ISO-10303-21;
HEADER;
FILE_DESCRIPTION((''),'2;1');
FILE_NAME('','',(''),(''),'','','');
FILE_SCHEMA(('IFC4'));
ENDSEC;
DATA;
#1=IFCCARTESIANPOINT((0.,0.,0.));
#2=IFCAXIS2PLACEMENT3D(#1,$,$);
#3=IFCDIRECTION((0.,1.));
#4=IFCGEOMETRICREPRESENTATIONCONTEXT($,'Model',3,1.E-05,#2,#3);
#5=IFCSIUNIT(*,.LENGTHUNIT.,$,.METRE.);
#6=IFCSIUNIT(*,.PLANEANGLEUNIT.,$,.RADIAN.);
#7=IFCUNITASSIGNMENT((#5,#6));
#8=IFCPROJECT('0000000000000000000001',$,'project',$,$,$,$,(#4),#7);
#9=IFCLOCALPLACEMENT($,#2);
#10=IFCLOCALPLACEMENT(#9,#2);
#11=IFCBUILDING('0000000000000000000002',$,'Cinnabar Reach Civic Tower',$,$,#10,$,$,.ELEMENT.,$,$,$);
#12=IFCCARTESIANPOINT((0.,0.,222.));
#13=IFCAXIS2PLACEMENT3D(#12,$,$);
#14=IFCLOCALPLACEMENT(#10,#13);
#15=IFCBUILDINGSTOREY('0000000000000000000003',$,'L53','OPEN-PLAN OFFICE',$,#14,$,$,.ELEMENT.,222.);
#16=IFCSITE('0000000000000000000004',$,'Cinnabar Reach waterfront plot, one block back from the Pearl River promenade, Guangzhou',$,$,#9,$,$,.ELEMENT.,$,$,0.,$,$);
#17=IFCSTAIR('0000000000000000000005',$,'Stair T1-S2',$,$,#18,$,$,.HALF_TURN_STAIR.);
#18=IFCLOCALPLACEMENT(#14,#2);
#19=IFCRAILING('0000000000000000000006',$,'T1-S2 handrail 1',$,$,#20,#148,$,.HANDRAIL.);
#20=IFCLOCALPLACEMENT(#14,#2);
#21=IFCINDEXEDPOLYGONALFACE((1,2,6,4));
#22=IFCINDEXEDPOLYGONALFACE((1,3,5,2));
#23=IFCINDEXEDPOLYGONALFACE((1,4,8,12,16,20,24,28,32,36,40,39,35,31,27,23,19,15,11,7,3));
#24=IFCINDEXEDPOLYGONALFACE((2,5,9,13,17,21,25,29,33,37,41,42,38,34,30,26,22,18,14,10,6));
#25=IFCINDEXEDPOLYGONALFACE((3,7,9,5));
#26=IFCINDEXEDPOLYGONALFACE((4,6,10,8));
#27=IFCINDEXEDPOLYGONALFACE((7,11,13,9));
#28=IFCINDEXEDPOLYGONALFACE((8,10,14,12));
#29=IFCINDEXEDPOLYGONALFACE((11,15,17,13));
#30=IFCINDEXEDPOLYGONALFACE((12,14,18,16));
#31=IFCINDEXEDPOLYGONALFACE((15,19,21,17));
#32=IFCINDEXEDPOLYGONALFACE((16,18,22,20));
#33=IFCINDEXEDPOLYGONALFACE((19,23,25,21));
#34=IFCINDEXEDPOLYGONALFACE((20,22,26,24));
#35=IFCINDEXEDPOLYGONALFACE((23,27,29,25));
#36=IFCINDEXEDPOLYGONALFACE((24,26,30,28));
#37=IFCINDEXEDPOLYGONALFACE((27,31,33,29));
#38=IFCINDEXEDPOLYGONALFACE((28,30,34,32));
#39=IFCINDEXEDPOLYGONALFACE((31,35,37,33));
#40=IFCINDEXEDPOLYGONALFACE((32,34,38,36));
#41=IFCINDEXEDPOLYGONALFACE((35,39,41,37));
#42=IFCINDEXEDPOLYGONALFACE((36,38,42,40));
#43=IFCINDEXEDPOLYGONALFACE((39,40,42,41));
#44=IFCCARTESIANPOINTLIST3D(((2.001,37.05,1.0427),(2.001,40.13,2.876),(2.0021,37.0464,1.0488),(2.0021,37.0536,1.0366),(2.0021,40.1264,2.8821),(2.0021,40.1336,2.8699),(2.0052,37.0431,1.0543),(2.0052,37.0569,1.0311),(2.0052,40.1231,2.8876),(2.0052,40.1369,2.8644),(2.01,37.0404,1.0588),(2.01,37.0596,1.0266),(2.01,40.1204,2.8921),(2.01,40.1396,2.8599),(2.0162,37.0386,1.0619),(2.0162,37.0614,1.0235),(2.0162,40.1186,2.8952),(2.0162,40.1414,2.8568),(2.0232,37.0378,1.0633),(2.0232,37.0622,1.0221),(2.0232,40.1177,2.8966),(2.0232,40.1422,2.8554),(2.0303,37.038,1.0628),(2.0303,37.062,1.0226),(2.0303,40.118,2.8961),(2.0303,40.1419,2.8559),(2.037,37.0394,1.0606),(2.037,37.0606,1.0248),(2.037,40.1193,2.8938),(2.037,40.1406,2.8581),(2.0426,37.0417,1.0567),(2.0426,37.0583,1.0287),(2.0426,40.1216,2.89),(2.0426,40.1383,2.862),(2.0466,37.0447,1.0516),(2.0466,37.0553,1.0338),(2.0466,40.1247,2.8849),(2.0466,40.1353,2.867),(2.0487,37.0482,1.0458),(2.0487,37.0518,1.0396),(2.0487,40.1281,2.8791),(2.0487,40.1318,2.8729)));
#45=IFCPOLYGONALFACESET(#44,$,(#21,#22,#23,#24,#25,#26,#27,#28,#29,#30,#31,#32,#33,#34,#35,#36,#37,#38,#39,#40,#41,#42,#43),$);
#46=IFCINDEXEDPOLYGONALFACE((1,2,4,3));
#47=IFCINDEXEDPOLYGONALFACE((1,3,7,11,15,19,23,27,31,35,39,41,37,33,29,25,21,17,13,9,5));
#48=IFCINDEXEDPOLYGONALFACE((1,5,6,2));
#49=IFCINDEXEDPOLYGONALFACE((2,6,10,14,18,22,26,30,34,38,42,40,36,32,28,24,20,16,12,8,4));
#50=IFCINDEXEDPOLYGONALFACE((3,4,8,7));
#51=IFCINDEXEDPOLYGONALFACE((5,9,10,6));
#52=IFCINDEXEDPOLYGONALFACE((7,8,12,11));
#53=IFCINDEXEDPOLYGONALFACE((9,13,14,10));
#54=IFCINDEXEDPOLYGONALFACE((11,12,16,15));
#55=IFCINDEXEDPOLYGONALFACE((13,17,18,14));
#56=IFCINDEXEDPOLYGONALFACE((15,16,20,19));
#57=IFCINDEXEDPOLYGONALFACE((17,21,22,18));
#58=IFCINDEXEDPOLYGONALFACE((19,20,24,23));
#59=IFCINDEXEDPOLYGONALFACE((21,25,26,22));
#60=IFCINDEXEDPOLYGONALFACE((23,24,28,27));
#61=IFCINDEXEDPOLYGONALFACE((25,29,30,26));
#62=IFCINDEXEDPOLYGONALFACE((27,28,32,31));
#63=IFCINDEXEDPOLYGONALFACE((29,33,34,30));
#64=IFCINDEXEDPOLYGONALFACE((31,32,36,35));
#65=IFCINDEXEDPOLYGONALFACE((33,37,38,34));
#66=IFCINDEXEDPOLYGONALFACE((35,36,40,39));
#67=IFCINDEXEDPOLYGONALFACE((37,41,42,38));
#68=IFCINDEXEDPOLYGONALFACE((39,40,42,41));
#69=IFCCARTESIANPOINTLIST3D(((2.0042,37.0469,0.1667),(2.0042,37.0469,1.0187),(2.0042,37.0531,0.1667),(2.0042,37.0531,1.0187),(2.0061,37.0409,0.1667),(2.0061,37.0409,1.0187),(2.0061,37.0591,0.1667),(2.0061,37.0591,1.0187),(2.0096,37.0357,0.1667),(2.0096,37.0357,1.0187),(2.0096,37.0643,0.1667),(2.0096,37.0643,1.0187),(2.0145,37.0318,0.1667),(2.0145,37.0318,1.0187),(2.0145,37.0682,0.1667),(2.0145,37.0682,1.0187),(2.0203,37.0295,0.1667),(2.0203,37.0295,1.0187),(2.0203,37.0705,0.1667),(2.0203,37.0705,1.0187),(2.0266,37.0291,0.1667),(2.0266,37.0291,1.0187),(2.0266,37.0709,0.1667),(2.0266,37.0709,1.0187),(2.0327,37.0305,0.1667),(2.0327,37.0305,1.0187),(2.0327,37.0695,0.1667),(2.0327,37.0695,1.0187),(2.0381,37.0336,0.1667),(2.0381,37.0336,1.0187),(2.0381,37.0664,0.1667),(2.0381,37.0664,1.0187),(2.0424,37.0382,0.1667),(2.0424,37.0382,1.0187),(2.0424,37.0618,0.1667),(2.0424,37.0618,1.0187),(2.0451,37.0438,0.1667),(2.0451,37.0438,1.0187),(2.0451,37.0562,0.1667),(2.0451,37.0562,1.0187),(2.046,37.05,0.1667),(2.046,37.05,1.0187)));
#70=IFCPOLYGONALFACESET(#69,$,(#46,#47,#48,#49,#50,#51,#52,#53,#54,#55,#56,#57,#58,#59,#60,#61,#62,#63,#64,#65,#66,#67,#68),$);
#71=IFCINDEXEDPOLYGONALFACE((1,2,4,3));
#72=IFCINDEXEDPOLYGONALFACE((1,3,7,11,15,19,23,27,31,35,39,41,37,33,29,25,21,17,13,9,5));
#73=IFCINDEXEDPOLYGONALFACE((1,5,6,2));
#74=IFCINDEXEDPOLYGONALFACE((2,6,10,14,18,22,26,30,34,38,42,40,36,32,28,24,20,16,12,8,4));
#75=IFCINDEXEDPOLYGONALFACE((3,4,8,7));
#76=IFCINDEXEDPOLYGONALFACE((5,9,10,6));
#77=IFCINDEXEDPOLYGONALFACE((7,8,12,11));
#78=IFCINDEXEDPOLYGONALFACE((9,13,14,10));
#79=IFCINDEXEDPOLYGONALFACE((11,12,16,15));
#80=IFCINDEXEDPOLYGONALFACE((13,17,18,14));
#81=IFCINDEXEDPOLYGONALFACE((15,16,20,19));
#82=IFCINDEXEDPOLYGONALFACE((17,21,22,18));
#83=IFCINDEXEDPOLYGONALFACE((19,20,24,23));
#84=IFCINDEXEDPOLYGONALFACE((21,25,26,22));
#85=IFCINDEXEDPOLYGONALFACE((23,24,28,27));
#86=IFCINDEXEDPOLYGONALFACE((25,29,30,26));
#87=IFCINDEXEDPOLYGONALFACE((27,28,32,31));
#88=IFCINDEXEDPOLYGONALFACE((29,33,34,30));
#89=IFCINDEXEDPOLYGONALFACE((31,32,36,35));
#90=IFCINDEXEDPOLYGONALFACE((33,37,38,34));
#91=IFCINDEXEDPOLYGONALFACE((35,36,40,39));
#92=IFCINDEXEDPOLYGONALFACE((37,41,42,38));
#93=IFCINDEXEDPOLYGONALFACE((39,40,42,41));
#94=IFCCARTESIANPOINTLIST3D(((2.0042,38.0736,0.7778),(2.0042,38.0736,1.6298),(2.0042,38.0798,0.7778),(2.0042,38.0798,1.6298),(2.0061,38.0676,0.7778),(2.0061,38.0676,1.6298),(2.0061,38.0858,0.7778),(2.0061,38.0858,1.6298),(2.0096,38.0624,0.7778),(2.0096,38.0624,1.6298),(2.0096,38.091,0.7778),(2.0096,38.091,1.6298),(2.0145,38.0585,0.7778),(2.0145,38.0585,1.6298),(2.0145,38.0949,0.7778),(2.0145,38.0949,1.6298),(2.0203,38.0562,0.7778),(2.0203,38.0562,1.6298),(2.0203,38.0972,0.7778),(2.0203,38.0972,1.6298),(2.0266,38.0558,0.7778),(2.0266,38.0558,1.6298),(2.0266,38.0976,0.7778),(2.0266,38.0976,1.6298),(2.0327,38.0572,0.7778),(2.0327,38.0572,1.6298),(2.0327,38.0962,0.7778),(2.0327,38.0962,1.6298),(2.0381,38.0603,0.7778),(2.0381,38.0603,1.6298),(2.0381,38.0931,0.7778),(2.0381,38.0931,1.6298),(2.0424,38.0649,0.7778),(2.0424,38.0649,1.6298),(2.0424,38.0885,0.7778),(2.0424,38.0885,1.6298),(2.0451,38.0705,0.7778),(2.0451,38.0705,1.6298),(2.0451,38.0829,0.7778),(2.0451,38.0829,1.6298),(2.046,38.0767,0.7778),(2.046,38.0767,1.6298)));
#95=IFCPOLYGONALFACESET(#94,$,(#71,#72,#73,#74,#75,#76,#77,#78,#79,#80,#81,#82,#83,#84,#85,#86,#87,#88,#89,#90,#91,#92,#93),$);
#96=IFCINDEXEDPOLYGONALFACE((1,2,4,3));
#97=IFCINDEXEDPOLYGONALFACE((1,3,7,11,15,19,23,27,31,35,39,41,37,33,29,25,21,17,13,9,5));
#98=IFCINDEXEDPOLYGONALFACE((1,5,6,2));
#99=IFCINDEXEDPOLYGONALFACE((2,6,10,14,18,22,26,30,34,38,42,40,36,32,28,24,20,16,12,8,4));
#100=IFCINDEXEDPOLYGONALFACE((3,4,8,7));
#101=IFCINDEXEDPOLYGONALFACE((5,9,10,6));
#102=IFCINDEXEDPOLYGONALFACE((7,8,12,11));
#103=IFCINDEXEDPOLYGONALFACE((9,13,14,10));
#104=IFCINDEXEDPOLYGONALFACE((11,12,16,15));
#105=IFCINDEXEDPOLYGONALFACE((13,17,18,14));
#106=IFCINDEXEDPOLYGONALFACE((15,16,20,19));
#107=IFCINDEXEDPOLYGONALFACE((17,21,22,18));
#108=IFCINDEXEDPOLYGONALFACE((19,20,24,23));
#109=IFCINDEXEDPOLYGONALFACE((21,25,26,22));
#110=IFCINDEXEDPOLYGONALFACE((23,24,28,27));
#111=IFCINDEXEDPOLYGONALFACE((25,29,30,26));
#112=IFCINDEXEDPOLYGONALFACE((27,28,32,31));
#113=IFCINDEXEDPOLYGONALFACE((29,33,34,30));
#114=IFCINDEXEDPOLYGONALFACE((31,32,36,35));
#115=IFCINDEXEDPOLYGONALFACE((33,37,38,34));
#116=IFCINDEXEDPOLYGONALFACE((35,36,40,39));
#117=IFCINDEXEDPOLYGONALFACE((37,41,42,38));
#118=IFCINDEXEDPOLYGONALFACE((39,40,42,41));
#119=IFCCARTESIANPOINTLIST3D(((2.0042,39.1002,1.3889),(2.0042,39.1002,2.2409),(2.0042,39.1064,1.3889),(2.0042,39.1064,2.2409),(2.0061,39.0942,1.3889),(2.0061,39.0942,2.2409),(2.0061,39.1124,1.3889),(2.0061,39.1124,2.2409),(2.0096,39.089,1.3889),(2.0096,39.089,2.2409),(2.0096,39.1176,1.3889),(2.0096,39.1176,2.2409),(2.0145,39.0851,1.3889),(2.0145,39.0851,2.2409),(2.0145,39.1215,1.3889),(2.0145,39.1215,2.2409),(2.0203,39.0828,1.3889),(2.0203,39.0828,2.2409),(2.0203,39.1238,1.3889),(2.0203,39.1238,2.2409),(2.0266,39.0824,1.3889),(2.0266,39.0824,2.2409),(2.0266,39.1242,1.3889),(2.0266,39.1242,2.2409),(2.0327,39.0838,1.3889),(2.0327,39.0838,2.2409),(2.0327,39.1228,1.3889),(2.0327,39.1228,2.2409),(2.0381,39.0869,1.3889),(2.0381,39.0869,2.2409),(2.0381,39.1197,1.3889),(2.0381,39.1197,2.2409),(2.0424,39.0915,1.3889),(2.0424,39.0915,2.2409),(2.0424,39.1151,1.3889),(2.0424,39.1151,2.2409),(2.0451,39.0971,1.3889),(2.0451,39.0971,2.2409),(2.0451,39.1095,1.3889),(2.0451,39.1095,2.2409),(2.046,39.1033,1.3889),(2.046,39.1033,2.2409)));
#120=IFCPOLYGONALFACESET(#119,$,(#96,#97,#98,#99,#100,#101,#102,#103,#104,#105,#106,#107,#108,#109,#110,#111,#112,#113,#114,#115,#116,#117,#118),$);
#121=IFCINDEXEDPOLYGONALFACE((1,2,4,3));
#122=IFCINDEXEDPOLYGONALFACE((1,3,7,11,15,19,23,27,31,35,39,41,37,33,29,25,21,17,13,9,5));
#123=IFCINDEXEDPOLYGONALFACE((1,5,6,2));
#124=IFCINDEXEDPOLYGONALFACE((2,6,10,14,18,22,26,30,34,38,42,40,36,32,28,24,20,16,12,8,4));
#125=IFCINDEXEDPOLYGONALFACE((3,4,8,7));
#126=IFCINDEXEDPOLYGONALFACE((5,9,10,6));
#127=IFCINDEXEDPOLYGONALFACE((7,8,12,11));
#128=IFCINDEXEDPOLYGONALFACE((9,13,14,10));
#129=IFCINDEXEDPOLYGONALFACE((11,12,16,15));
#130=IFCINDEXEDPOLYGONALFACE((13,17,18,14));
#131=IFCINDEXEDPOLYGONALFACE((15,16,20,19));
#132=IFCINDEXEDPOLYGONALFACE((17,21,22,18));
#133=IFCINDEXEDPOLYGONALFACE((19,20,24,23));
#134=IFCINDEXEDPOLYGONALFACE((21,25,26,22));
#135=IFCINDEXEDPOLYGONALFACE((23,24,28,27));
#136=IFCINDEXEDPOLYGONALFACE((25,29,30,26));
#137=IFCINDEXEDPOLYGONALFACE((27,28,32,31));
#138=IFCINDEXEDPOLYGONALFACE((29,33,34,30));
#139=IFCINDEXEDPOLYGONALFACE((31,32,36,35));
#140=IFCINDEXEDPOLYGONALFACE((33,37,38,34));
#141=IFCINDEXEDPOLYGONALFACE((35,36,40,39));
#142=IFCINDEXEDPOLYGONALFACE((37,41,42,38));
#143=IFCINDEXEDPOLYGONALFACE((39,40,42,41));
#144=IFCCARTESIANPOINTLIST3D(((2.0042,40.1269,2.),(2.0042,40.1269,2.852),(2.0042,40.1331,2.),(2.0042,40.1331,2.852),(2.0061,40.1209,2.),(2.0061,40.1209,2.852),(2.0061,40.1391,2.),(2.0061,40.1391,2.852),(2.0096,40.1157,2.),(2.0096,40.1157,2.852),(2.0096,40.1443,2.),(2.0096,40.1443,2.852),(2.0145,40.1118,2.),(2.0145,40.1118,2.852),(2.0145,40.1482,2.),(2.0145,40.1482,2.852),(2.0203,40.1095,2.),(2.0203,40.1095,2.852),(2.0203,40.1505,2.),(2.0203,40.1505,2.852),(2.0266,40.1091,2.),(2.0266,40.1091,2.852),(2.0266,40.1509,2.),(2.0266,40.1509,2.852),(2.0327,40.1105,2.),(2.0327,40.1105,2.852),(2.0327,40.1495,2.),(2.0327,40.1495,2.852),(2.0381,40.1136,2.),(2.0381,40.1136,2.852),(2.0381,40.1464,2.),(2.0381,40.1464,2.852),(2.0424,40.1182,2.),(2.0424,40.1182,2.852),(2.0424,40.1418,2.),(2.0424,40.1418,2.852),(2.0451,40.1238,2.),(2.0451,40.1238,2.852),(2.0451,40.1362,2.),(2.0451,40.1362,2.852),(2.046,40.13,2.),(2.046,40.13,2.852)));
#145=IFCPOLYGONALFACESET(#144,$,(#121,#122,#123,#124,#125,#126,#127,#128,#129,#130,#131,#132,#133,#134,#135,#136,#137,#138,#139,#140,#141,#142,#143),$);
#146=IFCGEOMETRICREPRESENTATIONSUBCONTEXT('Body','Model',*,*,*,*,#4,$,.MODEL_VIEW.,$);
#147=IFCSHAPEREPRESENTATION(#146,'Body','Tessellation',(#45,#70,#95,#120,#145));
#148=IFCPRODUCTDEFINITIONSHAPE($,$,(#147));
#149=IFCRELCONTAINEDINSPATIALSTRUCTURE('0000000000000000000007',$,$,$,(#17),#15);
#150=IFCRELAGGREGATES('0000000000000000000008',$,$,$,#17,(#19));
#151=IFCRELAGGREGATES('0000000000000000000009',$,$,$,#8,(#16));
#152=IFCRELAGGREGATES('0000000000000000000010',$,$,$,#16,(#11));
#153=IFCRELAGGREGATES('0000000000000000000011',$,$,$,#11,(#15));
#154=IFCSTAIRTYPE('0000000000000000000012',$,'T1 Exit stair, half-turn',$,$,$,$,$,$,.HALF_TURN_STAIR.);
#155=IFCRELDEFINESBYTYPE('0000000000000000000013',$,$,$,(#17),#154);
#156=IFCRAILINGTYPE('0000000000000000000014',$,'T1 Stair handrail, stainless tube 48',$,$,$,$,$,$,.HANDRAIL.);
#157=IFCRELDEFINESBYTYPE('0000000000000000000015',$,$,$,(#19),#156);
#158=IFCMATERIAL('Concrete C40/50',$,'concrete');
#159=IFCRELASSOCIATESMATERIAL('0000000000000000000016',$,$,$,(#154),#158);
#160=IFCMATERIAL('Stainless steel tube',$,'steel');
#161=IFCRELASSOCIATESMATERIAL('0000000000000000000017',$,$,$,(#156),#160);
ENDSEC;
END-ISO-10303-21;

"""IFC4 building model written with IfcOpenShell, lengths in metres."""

from ifc_helpers import new_model, si_unit, direction, frame, origin, origin_2d, place, context, subcontext, project, spatial, circle, extrude, material, type_object, element, aggregate, save


model = new_model("IFC4")

# Units and contexts
model_context = context("Model", 3, precision=1e-05, world=origin(), true_north=direction((0.0, 1.0)))
body_context = subcontext(model_context, "Body", "Model", "MODEL_VIEW")
ifc_project = project(units=[si_unit("LENGTHUNIT", "METRE"), si_unit("PLANEANGLEUNIT", "RADIAN")], contexts=[model_context])

# Site, building, storey
site_placement = place(None, origin())
site = spatial("IfcSite", under=ifc_project, at=site_placement, Name="Cinnabar Reach waterfront plot, one block back from the Pearl River promenade, Guangzhou", CompositionType="ELEMENT", RefElevation=0.0)
building_placement = place(site_placement, origin())
building = spatial("IfcBuilding", under=site, at=building_placement, Name="Cinnabar Reach Civic Tower", CompositionType="ELEMENT")
storey_placement = place(building_placement, frame((0.0, 0.0, 222.0)))
storey = spatial("IfcBuildingStorey", under=building, at=storey_placement, Name="L53", Description="OPEN-PLAN OFFICE", CompositionType="ELEMENT", Elevation=222.0)

# Shared definitions
ifc_material_1 = material(Name="Concrete C40/50", Category="concrete")

# Stair, railing
stair_type = type_object("IfcStairType", Name="T1 Exit stair, half-turn", PredefinedType="HALF_TURN_STAIR", material=ifc_material_1)
stair_placement = place(storey_placement, origin())
stair = element("IfcStair", 1, at=stair_placement, inside=storey, type_object=stair_type, Name="Stair T1-S2", PredefinedType="HALF_TURN_STAIR")
ifc_material_2 = material(Name="Stainless steel tube", Category="steel")
railing_type = type_object("IfcRailingType", Name="T1 Stair handrail, stainless tube 48", PredefinedType="HANDRAIL", material=ifc_material_2)
railing_1_placement = place(storey_placement, frame((2.025, 37.05, 0.1667)))
railing_1 = element("IfcRailing", 2, at=railing_1_placement, type_object=railing_type, Name="T1-S2 handrail 1", PredefinedType="HANDRAIL", context=body_context, shape_type="SweptSolid", body=[
    extrude(circle(Radius=0.024, at=origin_2d()), frame((0.0, 0.0, 0.876), z_axis=(0.0, 0.859297, 0.511477), x_axis=(-1.0, 0.0, 0.0)), (0.0, 0.0, 1.0), 3.5843),
    extrude(circle(Radius=0.021, at=origin_2d()), origin(), (0.0, 0.0, 1.0), 0.852),
    extrude(circle(Radius=0.021, at=origin_2d()), frame((0.0, 1.0267, 0.6111)), (0.0, 0.0, 1.0), 0.852),
    extrude(circle(Radius=0.021, at=origin_2d()), frame((0.0, 2.0533, 1.2222)), (0.0, 0.0, 1.0), 0.852),
    extrude(circle(Radius=0.021, at=origin_2d()), frame((0.0, 3.08, 1.8333)), (0.0, 0.0, 1.0), 0.852),
])
aggregate(stair, [railing_1])

save(model, "model.ifc")
